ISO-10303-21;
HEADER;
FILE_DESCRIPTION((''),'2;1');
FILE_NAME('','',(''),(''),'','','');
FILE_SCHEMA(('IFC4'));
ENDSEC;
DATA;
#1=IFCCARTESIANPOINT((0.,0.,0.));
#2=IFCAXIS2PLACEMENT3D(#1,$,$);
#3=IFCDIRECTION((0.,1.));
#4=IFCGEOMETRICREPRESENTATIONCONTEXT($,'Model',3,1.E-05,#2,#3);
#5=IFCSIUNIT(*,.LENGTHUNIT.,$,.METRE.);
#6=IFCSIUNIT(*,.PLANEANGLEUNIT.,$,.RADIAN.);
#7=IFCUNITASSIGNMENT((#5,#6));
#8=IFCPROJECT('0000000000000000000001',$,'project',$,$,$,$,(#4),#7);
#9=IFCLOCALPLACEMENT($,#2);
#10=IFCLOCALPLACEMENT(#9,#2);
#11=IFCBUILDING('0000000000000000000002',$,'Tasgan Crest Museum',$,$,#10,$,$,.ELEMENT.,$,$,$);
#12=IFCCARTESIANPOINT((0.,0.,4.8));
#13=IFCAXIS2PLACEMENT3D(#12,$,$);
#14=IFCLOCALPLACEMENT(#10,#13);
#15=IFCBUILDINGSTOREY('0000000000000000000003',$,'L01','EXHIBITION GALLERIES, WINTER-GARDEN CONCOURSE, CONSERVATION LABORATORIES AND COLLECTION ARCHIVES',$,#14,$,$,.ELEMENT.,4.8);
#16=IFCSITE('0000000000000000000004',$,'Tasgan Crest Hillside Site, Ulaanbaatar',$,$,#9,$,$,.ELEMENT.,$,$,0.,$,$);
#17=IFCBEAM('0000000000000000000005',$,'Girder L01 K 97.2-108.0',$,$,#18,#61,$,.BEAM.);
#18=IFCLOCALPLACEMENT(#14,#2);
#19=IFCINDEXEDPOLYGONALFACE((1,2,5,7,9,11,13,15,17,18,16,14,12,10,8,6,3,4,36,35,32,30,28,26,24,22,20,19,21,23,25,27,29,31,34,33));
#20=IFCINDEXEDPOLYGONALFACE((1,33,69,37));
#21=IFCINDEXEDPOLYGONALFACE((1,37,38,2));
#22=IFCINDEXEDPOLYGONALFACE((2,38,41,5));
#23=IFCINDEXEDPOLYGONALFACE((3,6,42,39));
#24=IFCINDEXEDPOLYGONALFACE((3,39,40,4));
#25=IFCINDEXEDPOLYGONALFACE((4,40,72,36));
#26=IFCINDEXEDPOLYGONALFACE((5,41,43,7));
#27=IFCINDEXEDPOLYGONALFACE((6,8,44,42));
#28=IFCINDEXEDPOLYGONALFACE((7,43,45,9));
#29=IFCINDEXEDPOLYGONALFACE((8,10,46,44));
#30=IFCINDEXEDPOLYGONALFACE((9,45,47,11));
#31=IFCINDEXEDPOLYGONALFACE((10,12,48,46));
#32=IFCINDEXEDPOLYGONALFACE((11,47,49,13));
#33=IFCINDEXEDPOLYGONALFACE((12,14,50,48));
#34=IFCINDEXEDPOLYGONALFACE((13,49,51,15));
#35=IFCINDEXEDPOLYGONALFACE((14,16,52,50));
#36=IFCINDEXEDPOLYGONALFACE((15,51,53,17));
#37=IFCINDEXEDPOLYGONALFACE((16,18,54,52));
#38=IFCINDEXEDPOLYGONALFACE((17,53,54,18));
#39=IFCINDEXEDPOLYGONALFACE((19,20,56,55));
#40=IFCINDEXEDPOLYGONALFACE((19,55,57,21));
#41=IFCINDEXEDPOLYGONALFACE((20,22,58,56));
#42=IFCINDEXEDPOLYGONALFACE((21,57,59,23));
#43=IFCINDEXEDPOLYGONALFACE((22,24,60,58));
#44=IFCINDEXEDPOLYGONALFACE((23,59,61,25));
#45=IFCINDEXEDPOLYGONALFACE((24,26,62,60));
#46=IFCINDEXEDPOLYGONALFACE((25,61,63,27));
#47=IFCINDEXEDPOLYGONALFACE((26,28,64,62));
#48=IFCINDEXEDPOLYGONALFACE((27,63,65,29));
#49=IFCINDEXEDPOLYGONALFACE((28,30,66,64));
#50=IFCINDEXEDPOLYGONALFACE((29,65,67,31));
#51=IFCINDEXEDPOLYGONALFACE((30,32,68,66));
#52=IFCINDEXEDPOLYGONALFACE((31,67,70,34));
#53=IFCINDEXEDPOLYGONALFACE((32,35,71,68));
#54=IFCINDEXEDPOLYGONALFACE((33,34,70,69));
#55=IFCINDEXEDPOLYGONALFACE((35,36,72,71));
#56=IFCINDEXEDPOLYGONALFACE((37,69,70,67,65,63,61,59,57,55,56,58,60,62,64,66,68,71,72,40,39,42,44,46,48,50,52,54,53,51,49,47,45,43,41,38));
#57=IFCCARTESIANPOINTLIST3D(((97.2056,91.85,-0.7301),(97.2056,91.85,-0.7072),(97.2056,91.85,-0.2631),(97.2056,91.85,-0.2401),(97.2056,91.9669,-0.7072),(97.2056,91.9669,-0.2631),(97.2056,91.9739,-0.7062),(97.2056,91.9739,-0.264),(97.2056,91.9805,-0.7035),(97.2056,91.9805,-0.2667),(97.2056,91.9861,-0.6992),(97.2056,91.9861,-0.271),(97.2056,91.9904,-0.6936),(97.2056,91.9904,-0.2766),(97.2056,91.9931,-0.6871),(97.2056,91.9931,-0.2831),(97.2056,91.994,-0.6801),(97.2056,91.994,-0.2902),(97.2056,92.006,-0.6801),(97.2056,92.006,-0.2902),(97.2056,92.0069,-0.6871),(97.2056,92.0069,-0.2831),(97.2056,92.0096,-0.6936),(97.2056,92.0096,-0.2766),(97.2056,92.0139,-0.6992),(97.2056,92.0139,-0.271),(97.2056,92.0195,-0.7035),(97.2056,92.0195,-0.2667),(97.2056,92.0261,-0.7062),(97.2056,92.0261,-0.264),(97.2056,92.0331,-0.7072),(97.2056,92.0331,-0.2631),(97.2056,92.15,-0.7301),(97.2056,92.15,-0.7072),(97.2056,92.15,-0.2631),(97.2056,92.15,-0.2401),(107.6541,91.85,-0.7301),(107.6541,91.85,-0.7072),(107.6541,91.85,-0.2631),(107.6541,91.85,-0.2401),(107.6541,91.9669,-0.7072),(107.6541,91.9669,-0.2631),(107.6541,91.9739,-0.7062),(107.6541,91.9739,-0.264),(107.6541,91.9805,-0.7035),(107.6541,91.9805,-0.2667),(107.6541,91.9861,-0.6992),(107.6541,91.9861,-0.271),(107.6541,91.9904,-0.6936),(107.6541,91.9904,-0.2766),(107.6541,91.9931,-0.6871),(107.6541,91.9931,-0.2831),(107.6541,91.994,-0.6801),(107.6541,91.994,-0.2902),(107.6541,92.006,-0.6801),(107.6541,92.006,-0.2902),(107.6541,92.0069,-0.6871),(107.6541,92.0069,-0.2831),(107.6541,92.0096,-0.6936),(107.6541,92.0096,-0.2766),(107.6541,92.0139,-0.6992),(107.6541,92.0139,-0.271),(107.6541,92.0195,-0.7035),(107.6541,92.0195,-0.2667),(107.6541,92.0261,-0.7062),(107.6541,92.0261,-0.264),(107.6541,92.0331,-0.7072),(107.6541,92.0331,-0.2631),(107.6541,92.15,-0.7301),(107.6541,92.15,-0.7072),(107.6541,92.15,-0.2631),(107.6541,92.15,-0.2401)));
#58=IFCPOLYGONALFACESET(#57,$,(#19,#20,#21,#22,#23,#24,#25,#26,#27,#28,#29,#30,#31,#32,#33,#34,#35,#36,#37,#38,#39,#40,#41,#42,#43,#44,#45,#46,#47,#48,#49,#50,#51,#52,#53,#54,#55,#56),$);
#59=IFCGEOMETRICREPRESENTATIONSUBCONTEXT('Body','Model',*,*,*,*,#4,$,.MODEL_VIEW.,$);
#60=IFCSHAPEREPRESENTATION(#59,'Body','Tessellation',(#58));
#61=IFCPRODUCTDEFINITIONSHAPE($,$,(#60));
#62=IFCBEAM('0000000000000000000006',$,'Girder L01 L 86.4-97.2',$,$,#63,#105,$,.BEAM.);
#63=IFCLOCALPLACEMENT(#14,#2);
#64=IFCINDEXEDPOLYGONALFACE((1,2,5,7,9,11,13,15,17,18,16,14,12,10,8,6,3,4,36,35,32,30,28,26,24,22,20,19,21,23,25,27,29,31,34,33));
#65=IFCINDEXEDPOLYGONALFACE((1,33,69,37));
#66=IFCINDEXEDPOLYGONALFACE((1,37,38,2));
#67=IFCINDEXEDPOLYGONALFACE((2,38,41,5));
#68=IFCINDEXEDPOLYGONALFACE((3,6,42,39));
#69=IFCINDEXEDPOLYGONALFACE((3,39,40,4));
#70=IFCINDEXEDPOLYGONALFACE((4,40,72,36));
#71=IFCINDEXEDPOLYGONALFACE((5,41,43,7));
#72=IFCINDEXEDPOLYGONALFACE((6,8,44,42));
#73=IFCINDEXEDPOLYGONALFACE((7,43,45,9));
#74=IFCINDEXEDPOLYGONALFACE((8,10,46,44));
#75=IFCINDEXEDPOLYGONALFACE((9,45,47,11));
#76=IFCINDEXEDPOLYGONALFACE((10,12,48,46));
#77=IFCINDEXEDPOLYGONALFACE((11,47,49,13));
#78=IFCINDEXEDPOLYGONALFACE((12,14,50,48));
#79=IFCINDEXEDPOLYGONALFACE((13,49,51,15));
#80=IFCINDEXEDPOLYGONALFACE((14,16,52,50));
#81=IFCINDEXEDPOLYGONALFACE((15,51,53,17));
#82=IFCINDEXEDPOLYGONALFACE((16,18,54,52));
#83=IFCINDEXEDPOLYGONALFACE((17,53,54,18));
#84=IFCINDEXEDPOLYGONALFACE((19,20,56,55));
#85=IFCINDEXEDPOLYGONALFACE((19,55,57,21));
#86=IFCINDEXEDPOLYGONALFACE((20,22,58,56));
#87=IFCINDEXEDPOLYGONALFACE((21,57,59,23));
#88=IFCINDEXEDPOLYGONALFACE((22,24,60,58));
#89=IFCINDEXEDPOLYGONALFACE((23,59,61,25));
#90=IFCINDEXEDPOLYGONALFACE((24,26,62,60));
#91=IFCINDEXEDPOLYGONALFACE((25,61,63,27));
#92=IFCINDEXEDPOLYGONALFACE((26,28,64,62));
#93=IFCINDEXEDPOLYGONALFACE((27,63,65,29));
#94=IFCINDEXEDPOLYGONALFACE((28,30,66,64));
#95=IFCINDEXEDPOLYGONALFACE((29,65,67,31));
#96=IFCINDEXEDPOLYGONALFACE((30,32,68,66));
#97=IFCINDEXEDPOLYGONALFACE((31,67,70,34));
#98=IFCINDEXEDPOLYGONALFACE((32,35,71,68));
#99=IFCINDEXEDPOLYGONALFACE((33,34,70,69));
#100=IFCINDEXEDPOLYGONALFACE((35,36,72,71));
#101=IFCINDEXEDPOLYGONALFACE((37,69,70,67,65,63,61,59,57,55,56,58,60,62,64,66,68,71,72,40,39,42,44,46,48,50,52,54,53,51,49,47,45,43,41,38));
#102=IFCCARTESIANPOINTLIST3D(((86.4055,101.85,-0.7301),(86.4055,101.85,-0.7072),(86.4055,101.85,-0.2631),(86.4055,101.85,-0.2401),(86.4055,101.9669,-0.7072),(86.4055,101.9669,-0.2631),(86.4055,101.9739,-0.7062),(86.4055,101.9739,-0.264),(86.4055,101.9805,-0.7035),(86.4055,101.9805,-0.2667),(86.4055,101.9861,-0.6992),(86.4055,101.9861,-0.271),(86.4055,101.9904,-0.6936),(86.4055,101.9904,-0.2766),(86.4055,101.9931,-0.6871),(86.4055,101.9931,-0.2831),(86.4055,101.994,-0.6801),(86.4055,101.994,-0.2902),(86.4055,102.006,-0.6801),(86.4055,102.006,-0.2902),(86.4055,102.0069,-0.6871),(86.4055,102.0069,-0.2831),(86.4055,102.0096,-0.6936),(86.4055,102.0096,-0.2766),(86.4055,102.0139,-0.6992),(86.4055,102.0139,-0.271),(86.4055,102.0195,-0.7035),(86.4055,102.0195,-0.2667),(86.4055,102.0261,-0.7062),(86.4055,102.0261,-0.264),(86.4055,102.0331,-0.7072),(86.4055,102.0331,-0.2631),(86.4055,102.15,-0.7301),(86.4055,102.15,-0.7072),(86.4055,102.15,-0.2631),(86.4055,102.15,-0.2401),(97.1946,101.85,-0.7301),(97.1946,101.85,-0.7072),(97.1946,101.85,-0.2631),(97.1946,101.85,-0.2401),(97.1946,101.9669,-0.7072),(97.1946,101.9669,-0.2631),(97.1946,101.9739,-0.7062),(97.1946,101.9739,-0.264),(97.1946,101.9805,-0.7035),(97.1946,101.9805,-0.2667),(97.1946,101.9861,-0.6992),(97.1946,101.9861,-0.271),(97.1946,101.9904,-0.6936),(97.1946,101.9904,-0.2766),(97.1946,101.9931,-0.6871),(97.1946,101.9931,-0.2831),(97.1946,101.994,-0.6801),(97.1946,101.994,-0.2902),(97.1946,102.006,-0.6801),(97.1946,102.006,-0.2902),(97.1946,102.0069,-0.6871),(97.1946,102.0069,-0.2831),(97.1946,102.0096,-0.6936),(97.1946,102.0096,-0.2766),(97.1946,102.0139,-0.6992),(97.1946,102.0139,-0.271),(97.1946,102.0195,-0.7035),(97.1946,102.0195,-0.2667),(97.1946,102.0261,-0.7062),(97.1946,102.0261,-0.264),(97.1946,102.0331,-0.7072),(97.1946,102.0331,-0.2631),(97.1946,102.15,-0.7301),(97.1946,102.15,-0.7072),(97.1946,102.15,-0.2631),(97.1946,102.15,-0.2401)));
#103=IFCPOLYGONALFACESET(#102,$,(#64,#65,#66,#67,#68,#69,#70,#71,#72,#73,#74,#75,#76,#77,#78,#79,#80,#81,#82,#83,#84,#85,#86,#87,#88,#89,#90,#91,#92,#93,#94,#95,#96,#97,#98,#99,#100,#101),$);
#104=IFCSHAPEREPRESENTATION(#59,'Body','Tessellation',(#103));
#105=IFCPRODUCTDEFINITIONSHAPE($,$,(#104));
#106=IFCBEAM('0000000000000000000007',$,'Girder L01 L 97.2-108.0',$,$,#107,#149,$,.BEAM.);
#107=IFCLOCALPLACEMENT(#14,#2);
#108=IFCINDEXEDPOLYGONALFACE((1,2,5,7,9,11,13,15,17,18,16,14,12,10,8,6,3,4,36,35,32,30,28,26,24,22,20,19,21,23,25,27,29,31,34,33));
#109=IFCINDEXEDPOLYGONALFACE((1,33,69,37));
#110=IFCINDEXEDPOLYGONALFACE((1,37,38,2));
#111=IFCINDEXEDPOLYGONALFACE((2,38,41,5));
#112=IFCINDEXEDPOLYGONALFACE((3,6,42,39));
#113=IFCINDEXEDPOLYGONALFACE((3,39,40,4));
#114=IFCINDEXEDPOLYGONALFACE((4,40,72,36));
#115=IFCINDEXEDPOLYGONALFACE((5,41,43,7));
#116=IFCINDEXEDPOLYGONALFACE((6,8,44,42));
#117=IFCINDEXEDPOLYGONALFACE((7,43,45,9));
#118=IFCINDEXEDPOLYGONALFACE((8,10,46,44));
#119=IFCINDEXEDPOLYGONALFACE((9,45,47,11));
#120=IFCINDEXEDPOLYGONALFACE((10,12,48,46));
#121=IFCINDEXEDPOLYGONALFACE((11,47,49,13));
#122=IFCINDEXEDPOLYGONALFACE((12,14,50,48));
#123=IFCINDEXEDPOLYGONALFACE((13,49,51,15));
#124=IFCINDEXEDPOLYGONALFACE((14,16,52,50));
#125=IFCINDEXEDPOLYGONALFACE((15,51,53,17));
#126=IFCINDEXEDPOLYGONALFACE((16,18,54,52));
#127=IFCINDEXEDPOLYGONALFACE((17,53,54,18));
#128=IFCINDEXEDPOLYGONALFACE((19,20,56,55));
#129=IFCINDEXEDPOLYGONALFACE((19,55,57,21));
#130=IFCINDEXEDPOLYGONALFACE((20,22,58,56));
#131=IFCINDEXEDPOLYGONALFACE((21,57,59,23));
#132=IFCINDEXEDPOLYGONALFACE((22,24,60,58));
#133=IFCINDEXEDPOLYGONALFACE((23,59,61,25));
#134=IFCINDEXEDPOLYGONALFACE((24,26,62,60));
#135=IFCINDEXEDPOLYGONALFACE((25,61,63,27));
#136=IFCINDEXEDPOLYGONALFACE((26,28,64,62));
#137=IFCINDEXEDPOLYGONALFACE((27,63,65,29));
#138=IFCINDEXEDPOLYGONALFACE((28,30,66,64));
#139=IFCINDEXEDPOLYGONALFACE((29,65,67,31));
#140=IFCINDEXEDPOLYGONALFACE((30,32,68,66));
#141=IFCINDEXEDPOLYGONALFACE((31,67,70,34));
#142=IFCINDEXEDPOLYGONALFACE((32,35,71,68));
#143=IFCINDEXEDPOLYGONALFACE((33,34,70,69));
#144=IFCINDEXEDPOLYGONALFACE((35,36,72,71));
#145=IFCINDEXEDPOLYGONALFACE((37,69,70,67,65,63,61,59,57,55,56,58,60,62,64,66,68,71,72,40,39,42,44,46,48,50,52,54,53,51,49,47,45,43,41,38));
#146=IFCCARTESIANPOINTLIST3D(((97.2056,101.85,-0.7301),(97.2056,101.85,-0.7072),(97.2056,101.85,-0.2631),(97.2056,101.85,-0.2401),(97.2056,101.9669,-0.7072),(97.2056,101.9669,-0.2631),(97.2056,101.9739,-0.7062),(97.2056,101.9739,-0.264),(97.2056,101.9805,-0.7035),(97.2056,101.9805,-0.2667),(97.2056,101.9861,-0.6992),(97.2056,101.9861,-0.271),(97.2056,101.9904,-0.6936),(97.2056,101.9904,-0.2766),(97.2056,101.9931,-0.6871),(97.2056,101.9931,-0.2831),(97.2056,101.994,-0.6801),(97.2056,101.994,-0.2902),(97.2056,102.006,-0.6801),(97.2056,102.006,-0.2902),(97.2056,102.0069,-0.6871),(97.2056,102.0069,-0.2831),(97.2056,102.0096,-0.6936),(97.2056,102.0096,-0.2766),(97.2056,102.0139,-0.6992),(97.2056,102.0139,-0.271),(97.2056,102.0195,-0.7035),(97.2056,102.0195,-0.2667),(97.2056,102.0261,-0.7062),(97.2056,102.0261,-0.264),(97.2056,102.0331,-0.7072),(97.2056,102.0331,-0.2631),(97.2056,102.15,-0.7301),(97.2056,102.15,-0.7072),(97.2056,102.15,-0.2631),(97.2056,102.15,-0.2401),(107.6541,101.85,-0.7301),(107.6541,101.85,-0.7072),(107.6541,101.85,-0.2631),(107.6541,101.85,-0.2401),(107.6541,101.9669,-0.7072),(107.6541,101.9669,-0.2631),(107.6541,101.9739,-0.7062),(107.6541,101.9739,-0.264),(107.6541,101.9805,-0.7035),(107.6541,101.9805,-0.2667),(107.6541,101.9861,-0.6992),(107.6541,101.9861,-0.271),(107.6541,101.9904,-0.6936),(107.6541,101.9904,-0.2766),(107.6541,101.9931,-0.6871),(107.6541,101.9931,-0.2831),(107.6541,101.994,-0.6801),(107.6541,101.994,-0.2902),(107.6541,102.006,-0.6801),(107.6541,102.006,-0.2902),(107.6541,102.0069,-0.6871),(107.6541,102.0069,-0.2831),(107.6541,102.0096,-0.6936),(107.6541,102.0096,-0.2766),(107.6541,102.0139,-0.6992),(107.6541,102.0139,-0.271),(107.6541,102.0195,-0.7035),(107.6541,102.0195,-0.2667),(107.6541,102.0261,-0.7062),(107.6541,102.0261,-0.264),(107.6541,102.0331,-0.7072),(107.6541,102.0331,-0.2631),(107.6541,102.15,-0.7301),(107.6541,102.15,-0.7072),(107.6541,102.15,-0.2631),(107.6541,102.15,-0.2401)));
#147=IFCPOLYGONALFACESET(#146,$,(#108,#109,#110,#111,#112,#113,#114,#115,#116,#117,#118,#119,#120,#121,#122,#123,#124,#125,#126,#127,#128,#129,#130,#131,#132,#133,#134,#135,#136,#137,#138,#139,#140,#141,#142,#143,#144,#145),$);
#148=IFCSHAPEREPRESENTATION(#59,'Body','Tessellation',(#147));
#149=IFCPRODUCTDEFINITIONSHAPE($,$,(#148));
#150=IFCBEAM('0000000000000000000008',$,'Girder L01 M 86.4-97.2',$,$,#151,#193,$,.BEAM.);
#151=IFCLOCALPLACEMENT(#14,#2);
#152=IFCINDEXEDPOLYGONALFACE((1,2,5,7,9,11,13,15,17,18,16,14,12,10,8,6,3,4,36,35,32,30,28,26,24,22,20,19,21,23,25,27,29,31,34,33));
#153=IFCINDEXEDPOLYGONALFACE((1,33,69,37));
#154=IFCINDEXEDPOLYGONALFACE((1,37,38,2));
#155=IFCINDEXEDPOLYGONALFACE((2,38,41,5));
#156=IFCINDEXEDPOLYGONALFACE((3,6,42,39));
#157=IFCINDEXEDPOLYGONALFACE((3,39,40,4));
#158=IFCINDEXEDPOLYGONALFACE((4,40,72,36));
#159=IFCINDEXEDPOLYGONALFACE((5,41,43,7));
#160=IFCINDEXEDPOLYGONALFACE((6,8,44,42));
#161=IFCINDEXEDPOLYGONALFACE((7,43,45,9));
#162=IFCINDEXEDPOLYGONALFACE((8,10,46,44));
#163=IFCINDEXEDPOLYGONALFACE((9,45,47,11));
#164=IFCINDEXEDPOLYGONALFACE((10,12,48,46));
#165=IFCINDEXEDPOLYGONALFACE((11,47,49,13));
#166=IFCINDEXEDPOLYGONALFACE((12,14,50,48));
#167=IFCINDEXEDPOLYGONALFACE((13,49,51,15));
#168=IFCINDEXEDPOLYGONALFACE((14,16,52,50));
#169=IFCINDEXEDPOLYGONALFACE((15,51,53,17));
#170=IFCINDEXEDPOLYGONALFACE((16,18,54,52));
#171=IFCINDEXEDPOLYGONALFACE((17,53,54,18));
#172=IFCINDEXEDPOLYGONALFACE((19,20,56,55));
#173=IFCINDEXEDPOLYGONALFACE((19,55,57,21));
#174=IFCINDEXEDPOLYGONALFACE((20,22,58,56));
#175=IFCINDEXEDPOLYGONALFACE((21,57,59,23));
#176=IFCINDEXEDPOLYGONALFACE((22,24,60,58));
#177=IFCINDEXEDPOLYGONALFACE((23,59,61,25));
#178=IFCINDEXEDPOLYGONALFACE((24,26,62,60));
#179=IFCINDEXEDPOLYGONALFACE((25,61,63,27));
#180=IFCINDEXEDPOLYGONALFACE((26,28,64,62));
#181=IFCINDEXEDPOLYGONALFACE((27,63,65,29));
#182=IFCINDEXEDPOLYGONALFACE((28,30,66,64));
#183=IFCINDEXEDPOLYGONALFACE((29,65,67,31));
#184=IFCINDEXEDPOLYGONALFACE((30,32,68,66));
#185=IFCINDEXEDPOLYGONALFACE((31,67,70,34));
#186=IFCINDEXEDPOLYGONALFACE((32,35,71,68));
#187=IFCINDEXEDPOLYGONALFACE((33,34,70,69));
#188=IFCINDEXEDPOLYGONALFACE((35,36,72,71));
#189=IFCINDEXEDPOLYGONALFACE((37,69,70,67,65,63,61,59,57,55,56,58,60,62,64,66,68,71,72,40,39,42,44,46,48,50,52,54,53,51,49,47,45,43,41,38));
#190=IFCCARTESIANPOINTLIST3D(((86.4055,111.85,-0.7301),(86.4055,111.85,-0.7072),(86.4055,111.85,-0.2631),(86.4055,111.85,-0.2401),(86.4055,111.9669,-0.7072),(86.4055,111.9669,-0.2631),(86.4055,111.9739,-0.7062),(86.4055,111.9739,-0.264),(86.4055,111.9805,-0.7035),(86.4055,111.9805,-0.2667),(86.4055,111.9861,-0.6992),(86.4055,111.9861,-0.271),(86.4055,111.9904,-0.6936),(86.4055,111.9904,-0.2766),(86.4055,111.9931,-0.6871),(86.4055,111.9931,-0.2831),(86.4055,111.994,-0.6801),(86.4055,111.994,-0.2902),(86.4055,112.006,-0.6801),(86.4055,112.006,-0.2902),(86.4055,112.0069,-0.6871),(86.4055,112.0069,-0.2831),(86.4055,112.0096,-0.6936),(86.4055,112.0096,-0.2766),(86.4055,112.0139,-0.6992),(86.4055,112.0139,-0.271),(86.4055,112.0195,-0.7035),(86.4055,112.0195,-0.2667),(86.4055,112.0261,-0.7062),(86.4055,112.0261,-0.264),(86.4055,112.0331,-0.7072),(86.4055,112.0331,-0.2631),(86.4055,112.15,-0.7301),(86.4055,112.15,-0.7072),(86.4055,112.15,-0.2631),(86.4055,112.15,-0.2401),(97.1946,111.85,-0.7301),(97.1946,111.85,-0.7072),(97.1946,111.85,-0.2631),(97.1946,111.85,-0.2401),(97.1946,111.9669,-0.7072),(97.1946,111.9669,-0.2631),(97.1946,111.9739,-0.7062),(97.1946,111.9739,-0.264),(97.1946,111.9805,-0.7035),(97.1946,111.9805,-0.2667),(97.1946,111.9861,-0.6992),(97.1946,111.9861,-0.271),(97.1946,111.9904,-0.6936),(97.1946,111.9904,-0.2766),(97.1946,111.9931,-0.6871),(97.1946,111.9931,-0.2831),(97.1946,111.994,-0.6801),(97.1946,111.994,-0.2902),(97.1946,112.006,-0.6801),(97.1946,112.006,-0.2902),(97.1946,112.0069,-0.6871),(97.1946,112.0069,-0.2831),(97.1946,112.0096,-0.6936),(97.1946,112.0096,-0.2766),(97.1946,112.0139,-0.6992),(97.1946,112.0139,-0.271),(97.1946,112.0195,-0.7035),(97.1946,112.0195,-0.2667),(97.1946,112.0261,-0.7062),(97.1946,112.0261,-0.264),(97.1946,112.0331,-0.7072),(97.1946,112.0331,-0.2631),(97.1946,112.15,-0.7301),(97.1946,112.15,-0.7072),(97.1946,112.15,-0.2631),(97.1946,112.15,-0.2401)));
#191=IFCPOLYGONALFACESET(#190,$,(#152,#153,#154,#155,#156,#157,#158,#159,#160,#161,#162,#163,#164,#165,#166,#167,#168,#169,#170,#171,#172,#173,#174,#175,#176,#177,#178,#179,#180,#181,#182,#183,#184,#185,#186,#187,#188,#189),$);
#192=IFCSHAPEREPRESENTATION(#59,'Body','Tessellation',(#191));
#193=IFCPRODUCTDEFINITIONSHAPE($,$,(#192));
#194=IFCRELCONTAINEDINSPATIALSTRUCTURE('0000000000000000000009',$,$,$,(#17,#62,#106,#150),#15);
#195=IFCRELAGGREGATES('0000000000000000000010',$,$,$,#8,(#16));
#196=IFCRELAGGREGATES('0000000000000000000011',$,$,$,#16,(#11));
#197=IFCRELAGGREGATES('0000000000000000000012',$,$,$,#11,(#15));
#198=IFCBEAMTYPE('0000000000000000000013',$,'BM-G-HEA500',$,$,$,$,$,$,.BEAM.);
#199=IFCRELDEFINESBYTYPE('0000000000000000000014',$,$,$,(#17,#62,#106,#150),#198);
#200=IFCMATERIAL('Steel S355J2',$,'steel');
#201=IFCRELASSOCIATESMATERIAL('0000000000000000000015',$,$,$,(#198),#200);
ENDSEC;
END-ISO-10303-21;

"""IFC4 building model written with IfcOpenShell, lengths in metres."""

from ifc_helpers import new_model, si_unit, direction, frame, origin, origin_2d, place, context, subcontext, project, spatial, i_section, extrude, material, material_profile, profile_set, type_object, element, save


model = new_model("IFC4")

# Units and contexts
model_context = context("Model", 3, precision=1e-05, world=origin(), true_north=direction((0.0, 1.0)))
body_context = subcontext(model_context, "Body", "Model", "MODEL_VIEW")
ifc_project = project(units=[si_unit("LENGTHUNIT", "METRE"), si_unit("PLANEANGLEUNIT", "RADIAN")], contexts=[model_context])

# Site, building, storey
site_placement = place(None, origin())
site = spatial("IfcSite", under=ifc_project, at=site_placement, Name="Tasgan Crest Hillside Site, Ulaanbaatar", CompositionType="ELEMENT", RefElevation=0.0)
building_placement = place(site_placement, origin())
building = spatial("IfcBuilding", under=site, at=building_placement, Name="Tasgan Crest Museum", CompositionType="ELEMENT")
storey_placement = place(building_placement, frame((0.0, 0.0, 4.8)))
storey = spatial("IfcBuildingStorey", under=building, at=storey_placement, Name="L01", Description="EXHIBITION GALLERIES, WINTER-GARDEN CONCOURSE, CONSERVATION LABORATORIES AND COLLECTION ARCHIVES", CompositionType="ELEMENT", Elevation=4.8)

# Beams
ifc_material_1 = material(Name="Steel S355J2", Category="steel")
ifc_material_profile_1 = material_profile(ifc_material_1, i_section(OverallWidth=0.3, OverallDepth=0.49, WebThickness=0.012, FlangeThickness=0.0229, FilletRadius=0.0271, at=origin_2d()), Name="HEA 500")
ifc_profile_set_1 = profile_set([ifc_material_profile_1], Name="Steel S355J2")
beam_type_1 = type_object("IfcBeamType", Name="BM-G-HEA500", PredefinedType="BEAM", material=ifc_profile_set_1)
beam_1_placement = place(storey_placement, frame((97.2056, 92.0, -0.4851), z_axis=(1.0, 0.0, 0.0), x_axis=(0.0, 1.0, 0.0)))
element("IfcBeam", 1, at=beam_1_placement, inside=storey, type_object=beam_type_1, Name="Girder L01 K 97.2-108.0", PredefinedType="BEAM", context=body_context, shape_type="SweptSolid", body=[
    extrude(i_section(OverallWidth=0.3, OverallDepth=0.49, WebThickness=0.012, FlangeThickness=0.0229, FilletRadius=0.0271, at=origin_2d()), origin(), (0.0, 0.0, 1.0), 10.4485),
])
beam_2_placement = place(storey_placement, frame((86.4055, 102.0, -0.4851), z_axis=(1.0, 0.0, 0.0), x_axis=(0.0, 1.0, 0.0)))
element("IfcBeam", 2, at=beam_2_placement, inside=storey, type_object=beam_type_1, Name="Girder L01 L 86.4-97.2", PredefinedType="BEAM", context=body_context, shape_type="SweptSolid", body=[
    extrude(i_section(OverallWidth=0.3, OverallDepth=0.49, WebThickness=0.012, FlangeThickness=0.0229, FilletRadius=0.0271, at=origin_2d()), origin(), (0.0, 0.0, 1.0), 10.7891),
])
beam_3_placement = place(storey_placement, frame((97.2056, 102.0, -0.4851), z_axis=(1.0, 0.0, 0.0), x_axis=(0.0, 1.0, 0.0)))
element("IfcBeam", 3, at=beam_3_placement, inside=storey, type_object=beam_type_1, Name="Girder L01 L 97.2-108.0", PredefinedType="BEAM", context=body_context, shape_type="SweptSolid", body=[
    extrude(i_section(OverallWidth=0.3, OverallDepth=0.49, WebThickness=0.012, FlangeThickness=0.0229, FilletRadius=0.0271, at=origin_2d()), origin(), (0.0, 0.0, 1.0), 10.4485),
])
beam_4_placement = place(storey_placement, frame((86.4055, 112.0, -0.4851), z_axis=(1.0, 0.0, 0.0), x_axis=(0.0, 1.0, 0.0)))
element("IfcBeam", 4, at=beam_4_placement, inside=storey, type_object=beam_type_1, Name="Girder L01 M 86.4-97.2", PredefinedType="BEAM", context=body_context, shape_type="SweptSolid", body=[
    extrude(i_section(OverallWidth=0.3, OverallDepth=0.49, WebThickness=0.012, FlangeThickness=0.0229, FilletRadius=0.0271, at=origin_2d()), origin(), (0.0, 0.0, 1.0), 10.7891),
])

save(model, "model.ifc")
